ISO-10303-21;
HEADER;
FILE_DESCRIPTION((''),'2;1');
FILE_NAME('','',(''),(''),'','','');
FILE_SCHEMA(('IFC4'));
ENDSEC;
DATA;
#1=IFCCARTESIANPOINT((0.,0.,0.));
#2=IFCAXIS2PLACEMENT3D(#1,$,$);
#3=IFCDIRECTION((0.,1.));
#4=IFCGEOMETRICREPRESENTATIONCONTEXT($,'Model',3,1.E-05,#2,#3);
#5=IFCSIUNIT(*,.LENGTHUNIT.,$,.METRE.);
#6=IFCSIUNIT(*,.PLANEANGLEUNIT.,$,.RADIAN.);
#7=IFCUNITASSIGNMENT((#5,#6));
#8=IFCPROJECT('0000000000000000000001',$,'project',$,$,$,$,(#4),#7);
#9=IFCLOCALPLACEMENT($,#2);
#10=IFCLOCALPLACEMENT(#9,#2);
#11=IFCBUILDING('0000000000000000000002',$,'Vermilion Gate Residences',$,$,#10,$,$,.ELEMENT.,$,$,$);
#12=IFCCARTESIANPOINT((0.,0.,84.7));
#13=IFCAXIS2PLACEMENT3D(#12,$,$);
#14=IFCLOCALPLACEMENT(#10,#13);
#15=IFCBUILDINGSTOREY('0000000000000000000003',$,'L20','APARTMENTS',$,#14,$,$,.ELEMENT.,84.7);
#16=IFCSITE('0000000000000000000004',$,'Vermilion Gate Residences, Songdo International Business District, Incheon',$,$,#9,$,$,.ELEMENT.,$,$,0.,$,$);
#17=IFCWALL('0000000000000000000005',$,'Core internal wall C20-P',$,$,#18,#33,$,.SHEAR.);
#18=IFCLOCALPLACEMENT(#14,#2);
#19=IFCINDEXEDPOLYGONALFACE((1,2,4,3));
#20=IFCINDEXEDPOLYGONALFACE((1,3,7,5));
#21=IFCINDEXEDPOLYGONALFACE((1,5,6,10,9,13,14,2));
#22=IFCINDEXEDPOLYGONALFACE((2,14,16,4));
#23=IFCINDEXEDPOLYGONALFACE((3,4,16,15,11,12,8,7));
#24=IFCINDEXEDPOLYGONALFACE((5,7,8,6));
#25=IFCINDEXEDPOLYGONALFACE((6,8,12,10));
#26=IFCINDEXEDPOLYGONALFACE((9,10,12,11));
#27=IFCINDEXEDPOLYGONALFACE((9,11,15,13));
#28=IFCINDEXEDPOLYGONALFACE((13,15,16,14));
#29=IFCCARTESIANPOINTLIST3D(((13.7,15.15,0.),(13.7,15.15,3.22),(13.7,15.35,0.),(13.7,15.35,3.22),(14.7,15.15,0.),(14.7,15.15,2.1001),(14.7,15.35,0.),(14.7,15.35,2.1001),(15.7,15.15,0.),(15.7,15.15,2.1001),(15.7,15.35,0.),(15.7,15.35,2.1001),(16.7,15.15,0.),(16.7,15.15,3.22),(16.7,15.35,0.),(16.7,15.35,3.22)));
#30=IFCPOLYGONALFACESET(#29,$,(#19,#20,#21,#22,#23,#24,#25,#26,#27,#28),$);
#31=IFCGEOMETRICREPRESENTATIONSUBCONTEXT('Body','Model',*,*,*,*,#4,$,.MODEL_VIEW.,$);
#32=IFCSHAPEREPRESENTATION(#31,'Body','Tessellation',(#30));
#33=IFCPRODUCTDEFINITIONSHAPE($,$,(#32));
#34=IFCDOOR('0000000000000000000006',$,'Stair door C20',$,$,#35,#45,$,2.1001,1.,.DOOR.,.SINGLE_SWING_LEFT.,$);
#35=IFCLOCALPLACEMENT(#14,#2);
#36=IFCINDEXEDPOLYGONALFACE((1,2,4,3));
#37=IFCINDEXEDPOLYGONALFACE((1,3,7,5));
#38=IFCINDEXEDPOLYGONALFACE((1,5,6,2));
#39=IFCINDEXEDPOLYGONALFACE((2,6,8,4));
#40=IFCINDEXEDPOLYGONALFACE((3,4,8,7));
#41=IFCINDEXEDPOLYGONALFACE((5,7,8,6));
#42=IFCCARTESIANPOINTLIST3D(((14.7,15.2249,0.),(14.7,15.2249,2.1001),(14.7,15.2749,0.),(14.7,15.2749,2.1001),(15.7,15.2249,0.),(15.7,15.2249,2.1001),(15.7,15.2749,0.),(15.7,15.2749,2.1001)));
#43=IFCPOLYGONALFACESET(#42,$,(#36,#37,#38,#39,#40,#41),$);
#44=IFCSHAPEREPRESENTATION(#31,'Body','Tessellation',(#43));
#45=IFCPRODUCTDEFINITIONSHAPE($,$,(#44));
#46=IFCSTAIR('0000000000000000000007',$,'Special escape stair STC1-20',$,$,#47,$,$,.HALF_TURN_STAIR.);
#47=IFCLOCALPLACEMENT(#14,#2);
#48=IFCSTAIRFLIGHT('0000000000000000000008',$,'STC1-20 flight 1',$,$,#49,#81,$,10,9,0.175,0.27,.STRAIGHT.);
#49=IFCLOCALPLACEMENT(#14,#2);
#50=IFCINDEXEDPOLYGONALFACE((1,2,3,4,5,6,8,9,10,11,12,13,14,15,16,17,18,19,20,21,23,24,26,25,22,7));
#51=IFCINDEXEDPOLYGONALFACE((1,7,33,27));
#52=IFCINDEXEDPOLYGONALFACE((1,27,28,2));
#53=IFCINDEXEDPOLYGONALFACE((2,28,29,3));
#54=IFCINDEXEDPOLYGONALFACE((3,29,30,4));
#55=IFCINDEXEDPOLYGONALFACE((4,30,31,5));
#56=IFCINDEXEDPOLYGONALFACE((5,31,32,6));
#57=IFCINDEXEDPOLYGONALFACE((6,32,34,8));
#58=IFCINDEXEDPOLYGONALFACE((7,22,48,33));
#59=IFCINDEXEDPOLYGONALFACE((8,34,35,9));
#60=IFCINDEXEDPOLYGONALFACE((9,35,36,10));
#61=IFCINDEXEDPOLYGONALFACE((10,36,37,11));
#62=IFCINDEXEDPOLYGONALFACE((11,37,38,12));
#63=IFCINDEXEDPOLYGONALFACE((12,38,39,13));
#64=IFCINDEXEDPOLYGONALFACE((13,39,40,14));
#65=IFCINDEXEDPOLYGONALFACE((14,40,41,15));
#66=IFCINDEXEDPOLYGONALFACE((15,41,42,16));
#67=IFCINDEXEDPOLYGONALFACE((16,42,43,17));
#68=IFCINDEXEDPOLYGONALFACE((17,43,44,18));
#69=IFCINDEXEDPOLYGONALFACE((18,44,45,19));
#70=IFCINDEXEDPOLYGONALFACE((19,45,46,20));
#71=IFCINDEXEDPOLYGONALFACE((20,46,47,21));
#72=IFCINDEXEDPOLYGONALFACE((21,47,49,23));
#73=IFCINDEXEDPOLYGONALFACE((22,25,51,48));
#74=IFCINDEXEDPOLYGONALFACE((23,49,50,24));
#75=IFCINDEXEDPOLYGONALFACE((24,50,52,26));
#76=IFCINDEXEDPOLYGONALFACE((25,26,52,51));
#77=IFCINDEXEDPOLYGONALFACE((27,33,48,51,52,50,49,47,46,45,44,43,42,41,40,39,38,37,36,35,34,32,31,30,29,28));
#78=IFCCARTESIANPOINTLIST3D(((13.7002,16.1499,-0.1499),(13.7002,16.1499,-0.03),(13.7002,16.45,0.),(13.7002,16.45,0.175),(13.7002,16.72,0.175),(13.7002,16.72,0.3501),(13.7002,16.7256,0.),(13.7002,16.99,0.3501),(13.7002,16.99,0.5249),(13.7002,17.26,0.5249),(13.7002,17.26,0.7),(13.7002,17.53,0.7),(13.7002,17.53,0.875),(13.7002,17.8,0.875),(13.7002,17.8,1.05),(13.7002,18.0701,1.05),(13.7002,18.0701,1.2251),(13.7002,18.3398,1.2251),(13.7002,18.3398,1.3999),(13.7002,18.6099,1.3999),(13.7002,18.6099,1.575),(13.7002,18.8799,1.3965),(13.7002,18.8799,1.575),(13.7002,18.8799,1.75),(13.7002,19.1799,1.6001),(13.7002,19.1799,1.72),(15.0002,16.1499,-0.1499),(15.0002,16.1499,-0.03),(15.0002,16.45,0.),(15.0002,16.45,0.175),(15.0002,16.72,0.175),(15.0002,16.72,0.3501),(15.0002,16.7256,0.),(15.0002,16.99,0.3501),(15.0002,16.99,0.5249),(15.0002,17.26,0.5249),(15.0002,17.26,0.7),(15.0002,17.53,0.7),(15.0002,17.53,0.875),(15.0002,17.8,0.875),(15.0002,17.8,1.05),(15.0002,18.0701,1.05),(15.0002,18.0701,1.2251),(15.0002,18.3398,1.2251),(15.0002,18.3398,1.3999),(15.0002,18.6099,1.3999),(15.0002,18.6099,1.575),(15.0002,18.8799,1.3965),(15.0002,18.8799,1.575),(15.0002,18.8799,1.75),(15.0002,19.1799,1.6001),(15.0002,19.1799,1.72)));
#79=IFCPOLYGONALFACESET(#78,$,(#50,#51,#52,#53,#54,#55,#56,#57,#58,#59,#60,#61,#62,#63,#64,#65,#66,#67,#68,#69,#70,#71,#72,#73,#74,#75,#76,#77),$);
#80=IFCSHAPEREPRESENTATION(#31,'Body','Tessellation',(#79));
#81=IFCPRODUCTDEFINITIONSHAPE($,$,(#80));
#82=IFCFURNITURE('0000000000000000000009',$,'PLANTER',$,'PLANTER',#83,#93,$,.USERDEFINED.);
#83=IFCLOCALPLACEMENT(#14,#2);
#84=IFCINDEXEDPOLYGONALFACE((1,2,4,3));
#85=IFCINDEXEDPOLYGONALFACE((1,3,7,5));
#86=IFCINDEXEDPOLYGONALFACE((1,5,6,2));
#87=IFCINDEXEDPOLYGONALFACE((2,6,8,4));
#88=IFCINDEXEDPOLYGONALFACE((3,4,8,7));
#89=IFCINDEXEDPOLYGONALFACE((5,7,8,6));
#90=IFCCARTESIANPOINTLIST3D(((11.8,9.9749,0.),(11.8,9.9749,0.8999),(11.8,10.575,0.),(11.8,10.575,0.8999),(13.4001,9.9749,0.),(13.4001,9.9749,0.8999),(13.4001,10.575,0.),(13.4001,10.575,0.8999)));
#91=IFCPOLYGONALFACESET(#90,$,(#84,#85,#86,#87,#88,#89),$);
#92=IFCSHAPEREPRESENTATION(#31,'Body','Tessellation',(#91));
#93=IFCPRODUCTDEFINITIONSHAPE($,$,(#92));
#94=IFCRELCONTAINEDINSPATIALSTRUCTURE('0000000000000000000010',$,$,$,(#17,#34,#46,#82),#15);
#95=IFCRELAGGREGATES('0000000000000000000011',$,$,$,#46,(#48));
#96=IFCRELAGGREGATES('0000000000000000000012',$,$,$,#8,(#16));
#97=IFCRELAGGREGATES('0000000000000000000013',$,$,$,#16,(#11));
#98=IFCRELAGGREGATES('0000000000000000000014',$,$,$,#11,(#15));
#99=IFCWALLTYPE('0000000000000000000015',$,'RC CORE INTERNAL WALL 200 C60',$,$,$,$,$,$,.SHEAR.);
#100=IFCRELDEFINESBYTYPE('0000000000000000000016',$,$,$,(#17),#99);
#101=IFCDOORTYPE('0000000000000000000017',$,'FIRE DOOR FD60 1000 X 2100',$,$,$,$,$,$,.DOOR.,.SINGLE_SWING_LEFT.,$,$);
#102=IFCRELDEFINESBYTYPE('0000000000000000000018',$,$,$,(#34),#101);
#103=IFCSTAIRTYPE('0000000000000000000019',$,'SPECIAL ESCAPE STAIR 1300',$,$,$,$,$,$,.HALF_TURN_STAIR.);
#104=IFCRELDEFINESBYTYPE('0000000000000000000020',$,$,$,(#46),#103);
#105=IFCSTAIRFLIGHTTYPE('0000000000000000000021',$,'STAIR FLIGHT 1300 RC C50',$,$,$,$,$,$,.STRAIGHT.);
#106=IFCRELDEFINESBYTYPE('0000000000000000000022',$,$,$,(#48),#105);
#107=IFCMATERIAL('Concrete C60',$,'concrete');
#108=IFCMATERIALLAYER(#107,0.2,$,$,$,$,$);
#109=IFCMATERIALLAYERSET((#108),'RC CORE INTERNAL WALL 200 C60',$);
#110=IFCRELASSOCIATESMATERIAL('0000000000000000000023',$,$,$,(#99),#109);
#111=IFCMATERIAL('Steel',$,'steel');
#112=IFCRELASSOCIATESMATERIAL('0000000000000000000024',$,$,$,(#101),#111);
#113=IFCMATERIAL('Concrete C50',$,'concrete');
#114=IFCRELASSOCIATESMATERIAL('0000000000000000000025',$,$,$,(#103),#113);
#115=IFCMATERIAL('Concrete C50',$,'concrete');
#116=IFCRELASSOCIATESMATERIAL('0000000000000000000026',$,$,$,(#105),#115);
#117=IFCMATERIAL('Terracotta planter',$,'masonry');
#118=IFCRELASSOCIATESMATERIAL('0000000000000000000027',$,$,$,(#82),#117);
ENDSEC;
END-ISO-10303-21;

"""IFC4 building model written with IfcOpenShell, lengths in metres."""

from ifc_helpers import new_model, si_unit, direction, frame, frame_2d, origin, origin_2d, place, context, subcontext, project, spatial, polyline, rectangle, outline, extrude, material, layer, layer_set, type_object, element, fill, aggregate, save


model = new_model("IFC4")

# Units and contexts
model_context = context("Model", 3, precision=1e-05, world=origin(), true_north=direction((0.0, 1.0)))
body_context = subcontext(model_context, "Body", "Model", "MODEL_VIEW")
ifc_project = project(units=[si_unit("LENGTHUNIT", "METRE"), si_unit("PLANEANGLEUNIT", "RADIAN")], contexts=[model_context])

# Site, building, storey
site_placement = place(None, origin())
site = spatial("IfcSite", under=ifc_project, at=site_placement, Name="Vermilion Gate Residences, Songdo International Business District, Incheon", CompositionType="ELEMENT", RefElevation=0.0)
building_placement = place(site_placement, origin())
building = spatial("IfcBuilding", under=site, at=building_placement, Name="Vermilion Gate Residences", CompositionType="ELEMENT")
storey_placement = place(building_placement, frame((0.0, 0.0, 84.7)))
storey = spatial("IfcBuildingStorey", under=building, at=storey_placement, Name="L20", Description="APARTMENTS", CompositionType="ELEMENT", Elevation=84.7)

# Shared definitions
ifc_material_1 = material(Name="Concrete C60", Category="concrete")
ifc_layer_1 = layer(ifc_material_1, 0.2)
ifc_layer_set_1 = layer_set([ifc_layer_1], Name="RC CORE INTERNAL WALL 200 C60")
wall_type_1 = type_object("IfcWallType", Name="RC CORE INTERNAL WALL 200 C60", PredefinedType="SHEAR", material=ifc_layer_set_1)
ifc_material_2 = material(Name="Steel", Category="steel")
door_type_1 = type_object("IfcDoorType", Name="FIRE DOOR FD60 1000 X 2100", OperationType="SINGLE_SWING_LEFT", PredefinedType="DOOR", material=ifc_material_2)

# Wall, opening, door
wall_1_placement = place(storey_placement, frame((13.7, 15.25, 0.0), z_axis=(0.0, 0.0, 1.0), x_axis=(1.0, 0.0, 0.0)))
wall_1 = element("IfcWall", 1, at=wall_1_placement, inside=storey, type_object=wall_type_1, Name="Core internal wall C20-P", PredefinedType="SHEAR", context=body_context, shape_type="SweptSolid", body=[
    extrude(rectangle(XDim=3.0, YDim=0.2, at=frame_2d((1.5, 0.0))), origin(), (0.0, 0.0, 1.0), 3.22),
])
opening_1_placement = place(wall_1_placement, frame((1.0, 0.0, 0.0)))
opening_1 = element("IfcOpeningElement", 2, at=opening_1_placement, cuts=wall_1, PredefinedType="OPENING", context=body_context, shape_type="SweptSolid", body=[
    extrude(rectangle(XDim=1.0, YDim=2.1001, at=frame_2d((0.5, 1.05))), frame((0.0, 0.1099, 0.0), z_axis=(0.0, -1.0, 0.0), x_axis=(1.0, 0.0, 0.0)), (0.0, 0.0, 1.0), 0.22),
])
door_1_placement = place(opening_1_placement, origin())
door_1 = element("IfcDoor", 3, at=door_1_placement, inside=storey, type_object=door_type_1, Name="Stair door C20", OperationType="SINGLE_SWING_LEFT", OverallHeight=2.1001, OverallWidth=1.0, PredefinedType="DOOR", context=body_context, shape_type="SweptSolid", body=[
    extrude(rectangle(XDim=1.0, YDim=2.1001, at=frame_2d((0.5, 1.05))), frame((0.0, 0.0249, 0.0), z_axis=(0.0, -1.0, 0.0), x_axis=(1.0, 0.0, 0.0)), (0.0, 0.0, 1.0), 0.05),
])
fill(opening_1, door_1)

# Stair, stair flight
ifc_material_3 = material(Name="Concrete C50", Category="concrete")
stair_type = type_object("IfcStairType", Name="SPECIAL ESCAPE STAIR 1300", PredefinedType="HALF_TURN_STAIR", material=ifc_material_3)
stair_placement = place(storey_placement, origin())
stair = element("IfcStair", 4, at=stair_placement, inside=storey, type_object=stair_type, Name="Special escape stair STC1-20", PredefinedType="HALF_TURN_STAIR")
ifc_material_4 = material(Name="Concrete C50", Category="concrete")
stair_flight_type = type_object("IfcStairFlightType", Name="STAIR FLIGHT 1300 RC C50", PredefinedType="STRAIGHT", material=ifc_material_4)
stair_flight_placement = place(storey_placement, frame((14.3501, 16.45, 0.0), z_axis=(0.0, 0.0, 1.0), x_axis=(0.0, 1.0, 0.0)))
stair_flight = element("IfcStairFlight", 5, at=stair_flight_placement, type_object=stair_flight_type, Name="STC1-20 flight 1", NumberOfRisers=10, NumberOfTreads=9, PredefinedType="STRAIGHT", RiserHeight=0.175, TreadLength=0.27, context=body_context, shape_type="SweptSolid", body=[
    extrude(outline(polyline([(-0.3, -0.1499), (-0.3, -0.03), (0.0, 0.0), (0.0, 0.175), (0.27, 0.175), (0.27, 0.3501), (0.54, 0.3501), (0.54, 0.5249), (0.8101, 0.5249), (0.8101, 0.7), (1.0801, 0.7), (1.0801, 0.875), (1.3501, 0.875), (1.3501, 1.05), (1.6201, 1.05), (1.6201, 1.2251), (1.8899, 1.2251), (1.8899, 1.3999), (2.1599, 1.3999), (2.1599, 1.575), (2.4299, 1.575), (2.4299, 1.75), (2.73, 1.72), (2.73, 1.6001), (2.4299, 1.3965), (0.2756, 0.0), (-0.3, -0.1499)])), frame((0.0, 0.6499, 0.0), z_axis=(0.0, -1.0, 0.0), x_axis=(1.0, 0.0, 0.0)), (0.0, 0.0, 1.0), 1.3),
])
aggregate(stair, [stair_flight])

# Furniture
ifc_material_5 = material(Name="Terracotta planter", Category="masonry")
furniture_placement = place(storey_placement, frame((12.6001, 10.2749, 0.0), z_axis=(0.0, 0.0, 1.0), x_axis=(1.0, 0.0, 0.0)))
element("IfcFurniture", 6, at=furniture_placement, inside=storey, material=ifc_material_5, Name="PLANTER", ObjectType="PLANTER", PredefinedType="USERDEFINED", context=body_context, shape_type="SweptSolid", body=[
    extrude(rectangle(XDim=1.6001, YDim=0.6001, at=origin_2d()), origin(), (0.0, 0.0, 1.0), 0.8999),
])

save(model, "model.ifc")
